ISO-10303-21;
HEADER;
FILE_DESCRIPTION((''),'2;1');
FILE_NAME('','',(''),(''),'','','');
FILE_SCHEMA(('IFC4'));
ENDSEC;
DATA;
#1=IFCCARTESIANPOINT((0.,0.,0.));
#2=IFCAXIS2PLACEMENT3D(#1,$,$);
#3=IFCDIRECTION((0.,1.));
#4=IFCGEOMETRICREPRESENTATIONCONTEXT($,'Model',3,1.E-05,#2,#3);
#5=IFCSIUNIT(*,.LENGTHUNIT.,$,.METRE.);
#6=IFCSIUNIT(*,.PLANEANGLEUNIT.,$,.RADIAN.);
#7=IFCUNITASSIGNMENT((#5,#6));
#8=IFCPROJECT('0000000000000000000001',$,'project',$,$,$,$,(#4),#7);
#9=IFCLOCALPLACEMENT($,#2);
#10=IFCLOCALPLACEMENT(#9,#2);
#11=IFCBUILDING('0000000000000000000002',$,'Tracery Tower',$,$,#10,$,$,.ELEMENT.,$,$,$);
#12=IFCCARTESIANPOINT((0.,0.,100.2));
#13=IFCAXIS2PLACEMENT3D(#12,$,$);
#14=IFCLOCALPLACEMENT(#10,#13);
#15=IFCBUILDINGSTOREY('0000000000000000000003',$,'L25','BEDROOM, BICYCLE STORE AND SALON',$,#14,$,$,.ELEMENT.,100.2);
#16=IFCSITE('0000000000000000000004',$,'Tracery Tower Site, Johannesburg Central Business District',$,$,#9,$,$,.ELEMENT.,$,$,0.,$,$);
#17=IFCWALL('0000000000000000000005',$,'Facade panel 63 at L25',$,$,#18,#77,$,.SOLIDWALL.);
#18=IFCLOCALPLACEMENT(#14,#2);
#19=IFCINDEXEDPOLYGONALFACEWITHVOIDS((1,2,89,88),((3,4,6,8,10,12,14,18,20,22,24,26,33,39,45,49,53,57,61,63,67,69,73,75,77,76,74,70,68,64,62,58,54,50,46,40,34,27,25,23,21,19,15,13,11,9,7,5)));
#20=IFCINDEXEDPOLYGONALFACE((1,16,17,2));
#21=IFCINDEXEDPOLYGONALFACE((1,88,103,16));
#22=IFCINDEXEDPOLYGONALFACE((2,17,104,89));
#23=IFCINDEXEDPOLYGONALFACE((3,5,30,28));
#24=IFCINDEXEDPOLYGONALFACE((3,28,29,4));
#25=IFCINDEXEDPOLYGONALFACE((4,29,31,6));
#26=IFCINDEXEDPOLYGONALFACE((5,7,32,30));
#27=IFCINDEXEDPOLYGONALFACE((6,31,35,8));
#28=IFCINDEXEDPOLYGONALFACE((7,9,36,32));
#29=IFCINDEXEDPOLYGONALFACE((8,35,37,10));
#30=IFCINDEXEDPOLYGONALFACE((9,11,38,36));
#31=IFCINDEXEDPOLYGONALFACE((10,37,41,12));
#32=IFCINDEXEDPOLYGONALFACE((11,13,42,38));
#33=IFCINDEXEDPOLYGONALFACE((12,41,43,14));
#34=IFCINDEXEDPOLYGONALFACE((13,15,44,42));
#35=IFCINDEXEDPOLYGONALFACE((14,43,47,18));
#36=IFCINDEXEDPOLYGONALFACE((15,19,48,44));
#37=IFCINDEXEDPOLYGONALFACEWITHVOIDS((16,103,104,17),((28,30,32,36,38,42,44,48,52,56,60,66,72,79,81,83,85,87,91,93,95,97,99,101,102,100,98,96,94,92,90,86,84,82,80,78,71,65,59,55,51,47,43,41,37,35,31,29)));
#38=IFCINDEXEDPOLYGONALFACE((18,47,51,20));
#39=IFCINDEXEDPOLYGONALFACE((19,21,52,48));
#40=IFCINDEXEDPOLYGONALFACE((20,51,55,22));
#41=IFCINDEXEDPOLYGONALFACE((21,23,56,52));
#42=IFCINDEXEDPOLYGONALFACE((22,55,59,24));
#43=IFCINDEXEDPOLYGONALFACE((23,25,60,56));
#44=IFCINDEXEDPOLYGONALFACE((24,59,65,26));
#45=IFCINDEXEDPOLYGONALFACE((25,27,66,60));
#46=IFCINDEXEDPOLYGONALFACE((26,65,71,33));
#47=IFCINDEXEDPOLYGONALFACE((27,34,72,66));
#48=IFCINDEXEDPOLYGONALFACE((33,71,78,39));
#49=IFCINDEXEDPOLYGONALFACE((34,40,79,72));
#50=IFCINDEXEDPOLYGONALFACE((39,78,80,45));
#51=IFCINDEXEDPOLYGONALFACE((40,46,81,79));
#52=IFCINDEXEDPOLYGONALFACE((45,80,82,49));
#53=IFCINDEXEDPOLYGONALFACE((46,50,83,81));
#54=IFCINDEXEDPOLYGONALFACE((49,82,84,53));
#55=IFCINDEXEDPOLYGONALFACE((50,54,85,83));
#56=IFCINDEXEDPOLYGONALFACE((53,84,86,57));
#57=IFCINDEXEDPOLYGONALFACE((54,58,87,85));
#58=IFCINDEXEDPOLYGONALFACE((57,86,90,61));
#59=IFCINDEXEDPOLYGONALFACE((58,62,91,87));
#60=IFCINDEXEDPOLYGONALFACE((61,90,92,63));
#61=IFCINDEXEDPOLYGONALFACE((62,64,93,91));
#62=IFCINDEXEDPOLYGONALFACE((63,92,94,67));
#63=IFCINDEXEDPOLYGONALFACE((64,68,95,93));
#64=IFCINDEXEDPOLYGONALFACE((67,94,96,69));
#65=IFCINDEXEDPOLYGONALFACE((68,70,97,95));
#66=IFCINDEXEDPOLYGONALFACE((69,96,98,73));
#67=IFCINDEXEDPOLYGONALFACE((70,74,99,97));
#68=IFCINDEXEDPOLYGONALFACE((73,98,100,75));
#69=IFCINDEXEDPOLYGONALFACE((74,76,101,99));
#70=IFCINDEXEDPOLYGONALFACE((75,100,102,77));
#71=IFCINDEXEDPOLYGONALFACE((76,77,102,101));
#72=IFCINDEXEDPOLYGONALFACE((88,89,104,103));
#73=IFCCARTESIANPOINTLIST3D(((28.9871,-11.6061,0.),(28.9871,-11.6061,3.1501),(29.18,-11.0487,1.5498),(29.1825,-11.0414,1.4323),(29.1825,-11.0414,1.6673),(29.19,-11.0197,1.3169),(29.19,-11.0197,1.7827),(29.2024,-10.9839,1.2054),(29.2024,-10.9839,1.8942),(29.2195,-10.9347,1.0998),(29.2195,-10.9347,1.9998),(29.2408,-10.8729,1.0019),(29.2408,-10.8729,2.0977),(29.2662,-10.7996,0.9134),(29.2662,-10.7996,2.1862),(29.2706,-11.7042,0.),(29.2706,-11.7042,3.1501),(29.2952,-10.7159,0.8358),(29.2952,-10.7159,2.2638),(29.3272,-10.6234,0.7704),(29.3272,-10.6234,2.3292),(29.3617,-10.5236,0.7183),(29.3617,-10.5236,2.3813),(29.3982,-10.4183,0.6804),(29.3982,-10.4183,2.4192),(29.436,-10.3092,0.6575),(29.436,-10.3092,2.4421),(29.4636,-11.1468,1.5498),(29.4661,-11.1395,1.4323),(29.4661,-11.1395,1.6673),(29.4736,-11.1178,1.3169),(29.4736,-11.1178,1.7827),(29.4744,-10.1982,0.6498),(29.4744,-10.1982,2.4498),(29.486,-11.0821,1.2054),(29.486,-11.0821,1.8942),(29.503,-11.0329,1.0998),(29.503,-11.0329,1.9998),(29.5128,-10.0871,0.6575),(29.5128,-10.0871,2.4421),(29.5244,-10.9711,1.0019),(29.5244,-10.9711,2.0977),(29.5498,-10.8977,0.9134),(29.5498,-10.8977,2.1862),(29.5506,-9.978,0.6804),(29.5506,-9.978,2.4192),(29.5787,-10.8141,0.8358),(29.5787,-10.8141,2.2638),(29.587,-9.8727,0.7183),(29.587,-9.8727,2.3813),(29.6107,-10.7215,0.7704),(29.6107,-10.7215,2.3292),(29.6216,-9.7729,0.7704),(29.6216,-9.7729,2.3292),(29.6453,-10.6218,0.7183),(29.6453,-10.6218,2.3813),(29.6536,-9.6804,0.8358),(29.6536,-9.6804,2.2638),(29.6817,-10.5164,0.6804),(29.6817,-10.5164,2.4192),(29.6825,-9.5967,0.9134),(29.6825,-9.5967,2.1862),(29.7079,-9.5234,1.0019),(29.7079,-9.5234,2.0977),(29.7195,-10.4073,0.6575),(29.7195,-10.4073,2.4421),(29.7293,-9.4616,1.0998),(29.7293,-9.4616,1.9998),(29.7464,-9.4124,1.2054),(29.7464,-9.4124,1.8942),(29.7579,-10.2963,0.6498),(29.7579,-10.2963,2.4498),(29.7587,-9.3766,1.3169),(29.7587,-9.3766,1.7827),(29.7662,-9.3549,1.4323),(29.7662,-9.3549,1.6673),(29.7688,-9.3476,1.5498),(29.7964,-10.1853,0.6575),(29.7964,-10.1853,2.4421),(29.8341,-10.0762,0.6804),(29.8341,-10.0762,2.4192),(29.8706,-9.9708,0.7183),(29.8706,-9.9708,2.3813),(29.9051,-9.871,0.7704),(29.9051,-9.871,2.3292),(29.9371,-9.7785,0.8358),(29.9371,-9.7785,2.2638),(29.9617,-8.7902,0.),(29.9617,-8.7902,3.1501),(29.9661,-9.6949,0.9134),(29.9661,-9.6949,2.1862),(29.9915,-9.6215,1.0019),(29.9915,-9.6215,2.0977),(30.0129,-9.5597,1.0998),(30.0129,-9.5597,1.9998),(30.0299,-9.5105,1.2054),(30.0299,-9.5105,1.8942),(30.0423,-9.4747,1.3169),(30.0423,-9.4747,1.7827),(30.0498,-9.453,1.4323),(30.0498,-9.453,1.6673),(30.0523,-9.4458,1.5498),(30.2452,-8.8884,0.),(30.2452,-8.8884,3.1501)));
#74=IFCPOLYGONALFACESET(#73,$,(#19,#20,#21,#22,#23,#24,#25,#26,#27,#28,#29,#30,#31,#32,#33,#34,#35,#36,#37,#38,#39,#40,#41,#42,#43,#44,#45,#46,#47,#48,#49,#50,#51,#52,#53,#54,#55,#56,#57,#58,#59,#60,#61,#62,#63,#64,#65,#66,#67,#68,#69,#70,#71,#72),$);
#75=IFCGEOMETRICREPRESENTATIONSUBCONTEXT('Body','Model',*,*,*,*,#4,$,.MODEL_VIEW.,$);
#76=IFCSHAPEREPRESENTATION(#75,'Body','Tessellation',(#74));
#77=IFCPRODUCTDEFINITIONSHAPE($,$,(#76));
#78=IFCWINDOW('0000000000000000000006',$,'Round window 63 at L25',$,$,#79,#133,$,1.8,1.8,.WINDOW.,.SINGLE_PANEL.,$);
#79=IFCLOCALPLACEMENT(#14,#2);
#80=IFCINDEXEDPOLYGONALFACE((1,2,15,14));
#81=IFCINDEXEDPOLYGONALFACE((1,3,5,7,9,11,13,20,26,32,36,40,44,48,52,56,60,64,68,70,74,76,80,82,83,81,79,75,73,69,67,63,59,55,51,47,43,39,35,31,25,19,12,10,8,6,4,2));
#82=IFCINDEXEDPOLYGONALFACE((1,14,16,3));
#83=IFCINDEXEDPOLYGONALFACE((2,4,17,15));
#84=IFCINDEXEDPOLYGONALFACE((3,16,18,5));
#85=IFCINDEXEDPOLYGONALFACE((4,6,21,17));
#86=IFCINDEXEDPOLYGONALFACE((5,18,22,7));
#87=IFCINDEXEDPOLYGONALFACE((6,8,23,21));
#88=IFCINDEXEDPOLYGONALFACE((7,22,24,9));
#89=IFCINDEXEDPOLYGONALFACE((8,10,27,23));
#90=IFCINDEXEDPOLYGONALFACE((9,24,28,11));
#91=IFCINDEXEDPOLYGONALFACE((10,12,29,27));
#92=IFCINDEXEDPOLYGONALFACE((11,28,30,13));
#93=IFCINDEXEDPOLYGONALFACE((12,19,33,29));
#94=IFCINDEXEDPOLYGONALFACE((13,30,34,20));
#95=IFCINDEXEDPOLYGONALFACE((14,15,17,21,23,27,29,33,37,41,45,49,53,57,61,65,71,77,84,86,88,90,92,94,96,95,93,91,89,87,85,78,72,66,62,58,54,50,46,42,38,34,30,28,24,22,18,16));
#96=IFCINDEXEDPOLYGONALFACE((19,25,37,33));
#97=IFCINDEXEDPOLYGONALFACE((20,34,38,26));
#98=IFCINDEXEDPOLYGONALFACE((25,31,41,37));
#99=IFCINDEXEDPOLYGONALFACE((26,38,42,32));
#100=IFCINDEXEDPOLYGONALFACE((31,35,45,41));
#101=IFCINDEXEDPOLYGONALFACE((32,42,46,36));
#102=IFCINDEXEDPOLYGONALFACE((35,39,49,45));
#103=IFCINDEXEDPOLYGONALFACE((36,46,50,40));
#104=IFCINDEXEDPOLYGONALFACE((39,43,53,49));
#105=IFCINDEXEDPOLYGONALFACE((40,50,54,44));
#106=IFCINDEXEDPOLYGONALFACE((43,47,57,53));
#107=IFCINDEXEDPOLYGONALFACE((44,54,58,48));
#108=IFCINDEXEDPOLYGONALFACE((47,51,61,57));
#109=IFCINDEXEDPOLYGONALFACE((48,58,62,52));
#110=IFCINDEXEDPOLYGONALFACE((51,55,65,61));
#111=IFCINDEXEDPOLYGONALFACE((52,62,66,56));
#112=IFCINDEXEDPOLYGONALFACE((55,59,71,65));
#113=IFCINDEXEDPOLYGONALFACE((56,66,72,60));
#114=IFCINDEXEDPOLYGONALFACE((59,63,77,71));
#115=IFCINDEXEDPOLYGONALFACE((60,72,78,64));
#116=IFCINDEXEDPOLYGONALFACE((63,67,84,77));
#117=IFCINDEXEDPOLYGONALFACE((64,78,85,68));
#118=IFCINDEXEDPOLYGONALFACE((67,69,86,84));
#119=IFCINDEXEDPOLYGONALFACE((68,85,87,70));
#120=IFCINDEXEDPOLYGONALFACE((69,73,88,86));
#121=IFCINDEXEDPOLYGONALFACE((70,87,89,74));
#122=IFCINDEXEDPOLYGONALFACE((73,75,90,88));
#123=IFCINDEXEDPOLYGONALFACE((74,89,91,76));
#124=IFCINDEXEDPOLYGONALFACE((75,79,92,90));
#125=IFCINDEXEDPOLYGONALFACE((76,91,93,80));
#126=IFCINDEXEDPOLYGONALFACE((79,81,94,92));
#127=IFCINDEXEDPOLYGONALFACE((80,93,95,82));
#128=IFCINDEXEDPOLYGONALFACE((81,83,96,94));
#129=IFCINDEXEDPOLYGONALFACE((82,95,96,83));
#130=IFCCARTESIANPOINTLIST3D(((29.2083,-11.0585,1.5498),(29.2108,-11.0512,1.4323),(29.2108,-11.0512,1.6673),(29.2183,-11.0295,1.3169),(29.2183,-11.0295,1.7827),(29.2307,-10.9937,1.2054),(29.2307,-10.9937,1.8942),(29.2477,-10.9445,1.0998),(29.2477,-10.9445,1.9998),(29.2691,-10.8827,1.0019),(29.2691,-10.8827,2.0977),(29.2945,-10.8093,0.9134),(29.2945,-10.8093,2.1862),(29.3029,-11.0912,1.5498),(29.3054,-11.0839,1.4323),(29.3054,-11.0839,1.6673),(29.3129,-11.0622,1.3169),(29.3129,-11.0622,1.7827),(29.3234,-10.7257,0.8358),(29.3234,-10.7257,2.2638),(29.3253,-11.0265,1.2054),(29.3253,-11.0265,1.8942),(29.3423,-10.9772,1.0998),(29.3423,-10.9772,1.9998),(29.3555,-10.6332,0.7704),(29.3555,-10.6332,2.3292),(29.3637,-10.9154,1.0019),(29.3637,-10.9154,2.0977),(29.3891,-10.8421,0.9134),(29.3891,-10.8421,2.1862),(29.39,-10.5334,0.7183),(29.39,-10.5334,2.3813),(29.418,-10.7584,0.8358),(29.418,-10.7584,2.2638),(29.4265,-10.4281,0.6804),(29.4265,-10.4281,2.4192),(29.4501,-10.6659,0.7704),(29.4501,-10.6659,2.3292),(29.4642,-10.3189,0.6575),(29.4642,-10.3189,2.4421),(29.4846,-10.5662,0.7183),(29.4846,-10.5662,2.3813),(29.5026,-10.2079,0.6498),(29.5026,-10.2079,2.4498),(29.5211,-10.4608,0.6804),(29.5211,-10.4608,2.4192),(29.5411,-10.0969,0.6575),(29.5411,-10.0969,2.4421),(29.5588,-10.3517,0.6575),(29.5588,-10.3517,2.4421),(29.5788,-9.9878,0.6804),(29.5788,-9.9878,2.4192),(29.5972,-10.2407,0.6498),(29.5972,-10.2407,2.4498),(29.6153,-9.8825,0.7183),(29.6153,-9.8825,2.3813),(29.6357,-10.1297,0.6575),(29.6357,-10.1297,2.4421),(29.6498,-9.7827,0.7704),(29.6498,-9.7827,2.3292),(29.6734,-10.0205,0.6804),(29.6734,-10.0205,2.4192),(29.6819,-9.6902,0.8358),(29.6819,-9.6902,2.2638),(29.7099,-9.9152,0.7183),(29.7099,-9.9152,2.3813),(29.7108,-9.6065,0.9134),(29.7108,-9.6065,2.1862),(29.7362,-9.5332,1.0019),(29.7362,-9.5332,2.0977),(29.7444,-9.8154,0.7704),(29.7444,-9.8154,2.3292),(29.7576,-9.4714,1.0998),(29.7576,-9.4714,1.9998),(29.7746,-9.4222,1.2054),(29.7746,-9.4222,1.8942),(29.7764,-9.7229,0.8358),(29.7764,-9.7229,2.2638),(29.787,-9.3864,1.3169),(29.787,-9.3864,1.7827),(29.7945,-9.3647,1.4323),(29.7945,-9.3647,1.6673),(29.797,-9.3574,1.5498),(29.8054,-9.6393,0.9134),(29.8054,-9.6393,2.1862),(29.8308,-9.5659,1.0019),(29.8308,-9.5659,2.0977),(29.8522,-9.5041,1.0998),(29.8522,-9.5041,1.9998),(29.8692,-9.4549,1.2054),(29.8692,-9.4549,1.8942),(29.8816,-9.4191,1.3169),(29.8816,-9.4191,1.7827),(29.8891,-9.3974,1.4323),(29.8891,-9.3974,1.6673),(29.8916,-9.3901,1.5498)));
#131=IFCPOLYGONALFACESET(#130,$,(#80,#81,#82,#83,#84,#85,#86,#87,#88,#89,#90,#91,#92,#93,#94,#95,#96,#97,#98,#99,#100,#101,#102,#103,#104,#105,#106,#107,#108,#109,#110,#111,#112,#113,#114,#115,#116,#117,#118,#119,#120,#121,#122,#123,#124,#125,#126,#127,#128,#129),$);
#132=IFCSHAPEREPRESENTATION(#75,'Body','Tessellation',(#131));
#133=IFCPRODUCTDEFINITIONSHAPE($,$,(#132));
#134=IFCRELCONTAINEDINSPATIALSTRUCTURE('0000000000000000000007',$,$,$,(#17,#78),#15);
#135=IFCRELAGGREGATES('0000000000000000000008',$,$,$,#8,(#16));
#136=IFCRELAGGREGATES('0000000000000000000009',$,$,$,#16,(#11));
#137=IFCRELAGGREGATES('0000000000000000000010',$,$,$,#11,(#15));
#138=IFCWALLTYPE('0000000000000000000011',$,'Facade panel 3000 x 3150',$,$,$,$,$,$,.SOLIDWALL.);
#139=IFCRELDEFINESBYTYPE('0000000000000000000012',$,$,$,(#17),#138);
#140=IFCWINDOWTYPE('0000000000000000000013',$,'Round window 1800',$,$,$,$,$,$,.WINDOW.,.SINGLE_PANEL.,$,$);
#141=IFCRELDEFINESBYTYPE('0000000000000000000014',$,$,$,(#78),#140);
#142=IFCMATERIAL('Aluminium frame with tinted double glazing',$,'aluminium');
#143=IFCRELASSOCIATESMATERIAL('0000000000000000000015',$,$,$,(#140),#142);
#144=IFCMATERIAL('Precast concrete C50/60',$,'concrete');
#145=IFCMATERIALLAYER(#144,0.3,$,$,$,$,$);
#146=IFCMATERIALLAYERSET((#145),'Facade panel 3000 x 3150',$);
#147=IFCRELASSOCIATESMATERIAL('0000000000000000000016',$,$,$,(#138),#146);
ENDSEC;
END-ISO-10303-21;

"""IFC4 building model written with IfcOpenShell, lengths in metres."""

from ifc_helpers import new_model, si_unit, direction, frame, frame_2d, origin, origin_2d, place, context, subcontext, project, spatial, rectangle, circle, extrude, material, layer, layer_set, type_object, element, fill, save


model = new_model("IFC4")

# Units and contexts
model_context = context("Model", 3, precision=1e-05, world=origin(), true_north=direction((0.0, 1.0)))
body_context = subcontext(model_context, "Body", "Model", "MODEL_VIEW")
ifc_project = project(units=[si_unit("LENGTHUNIT", "METRE"), si_unit("PLANEANGLEUNIT", "RADIAN")], contexts=[model_context])

# Site, building, storey
site_placement = place(None, origin())
site = spatial("IfcSite", under=ifc_project, at=site_placement, Name="Tracery Tower Site, Johannesburg Central Business District", CompositionType="ELEMENT", RefElevation=0.0)
building_placement = place(site_placement, origin())
building = spatial("IfcBuilding", under=site, at=building_placement, Name="Tracery Tower", CompositionType="ELEMENT")
storey_placement = place(building_placement, frame((0.0, 0.0, 100.2)))
storey = spatial("IfcBuildingStorey", under=building, at=storey_placement, Name="L25", Description="BEDROOM, BICYCLE STORE AND SALON", CompositionType="ELEMENT", Elevation=100.2)

# Wall, opening, window
ifc_material_1 = material(Name="Aluminium frame with tinted double glazing", Category="aluminium")
window_type = type_object("IfcWindowType", Name="Round window 1800", PartitioningType="SINGLE_PANEL", PredefinedType="WINDOW", material=ifc_material_1)
ifc_material_2 = material(Name="Precast concrete C50/60", Category="concrete")
ifc_layer_1 = layer(ifc_material_2, 0.3)
ifc_layer_set_1 = layer_set([ifc_layer_1], Name="Facade panel 3000 x 3150")
wall_type_1 = type_object("IfcWallType", Name="Facade panel 3000 x 3150", PredefinedType="SOLIDWALL", material=ifc_layer_set_1)
wall_1_placement = place(storey_placement, frame((29.1289, -11.655, 0.0), z_axis=(0.0, 0.0, 1.0), x_axis=(0.327071, 0.945, 0.0)))
wall_1 = element("IfcWall", 1, at=wall_1_placement, inside=storey, type_object=wall_type_1, Name="Facade panel 63 at L25", PredefinedType="SOLIDWALL", context=body_context, shape_type="SweptSolid", body=[
    extrude(rectangle(XDim=2.9797, YDim=0.3, at=frame_2d((1.4897, 0.0))), origin(), (0.0, 0.0, 1.0), 3.1501),
])
opening_1_placement = place(wall_1_placement, frame((1.4897, 0.0, 1.5498)))
opening_1 = element("IfcOpeningElement", 2, at=opening_1_placement, cuts=wall_1, PredefinedType="OPENING", context=body_context, shape_type="SweptSolid", body=[
    extrude(circle(Radius=0.9, at=origin_2d()), frame((0.0, 0.1599, 0.0), z_axis=(0.0, -1.0, 0.0), x_axis=(1.0, 0.0, 0.0)), (0.0, 0.0, 1.0), 0.3201),
])
window_1_placement = place(opening_1_placement, origin())
window_1 = element("IfcWindow", 3, at=window_1_placement, inside=storey, type_object=window_type, Name="Round window 63 at L25", OverallHeight=1.8, OverallWidth=1.8, PartitioningType="SINGLE_PANEL", PredefinedType="WINDOW", context=body_context, shape_type="SweptSolid", body=[
    extrude(circle(Radius=0.9, at=origin_2d()), frame((0.0, 0.1201, 0.0), z_axis=(0.0, -1.0, 0.0), x_axis=(1.0, 0.0, 0.0)), (0.0, 0.0, 1.0), 0.1001),
])
fill(opening_1, window_1)

save(model, "model.ifc")
